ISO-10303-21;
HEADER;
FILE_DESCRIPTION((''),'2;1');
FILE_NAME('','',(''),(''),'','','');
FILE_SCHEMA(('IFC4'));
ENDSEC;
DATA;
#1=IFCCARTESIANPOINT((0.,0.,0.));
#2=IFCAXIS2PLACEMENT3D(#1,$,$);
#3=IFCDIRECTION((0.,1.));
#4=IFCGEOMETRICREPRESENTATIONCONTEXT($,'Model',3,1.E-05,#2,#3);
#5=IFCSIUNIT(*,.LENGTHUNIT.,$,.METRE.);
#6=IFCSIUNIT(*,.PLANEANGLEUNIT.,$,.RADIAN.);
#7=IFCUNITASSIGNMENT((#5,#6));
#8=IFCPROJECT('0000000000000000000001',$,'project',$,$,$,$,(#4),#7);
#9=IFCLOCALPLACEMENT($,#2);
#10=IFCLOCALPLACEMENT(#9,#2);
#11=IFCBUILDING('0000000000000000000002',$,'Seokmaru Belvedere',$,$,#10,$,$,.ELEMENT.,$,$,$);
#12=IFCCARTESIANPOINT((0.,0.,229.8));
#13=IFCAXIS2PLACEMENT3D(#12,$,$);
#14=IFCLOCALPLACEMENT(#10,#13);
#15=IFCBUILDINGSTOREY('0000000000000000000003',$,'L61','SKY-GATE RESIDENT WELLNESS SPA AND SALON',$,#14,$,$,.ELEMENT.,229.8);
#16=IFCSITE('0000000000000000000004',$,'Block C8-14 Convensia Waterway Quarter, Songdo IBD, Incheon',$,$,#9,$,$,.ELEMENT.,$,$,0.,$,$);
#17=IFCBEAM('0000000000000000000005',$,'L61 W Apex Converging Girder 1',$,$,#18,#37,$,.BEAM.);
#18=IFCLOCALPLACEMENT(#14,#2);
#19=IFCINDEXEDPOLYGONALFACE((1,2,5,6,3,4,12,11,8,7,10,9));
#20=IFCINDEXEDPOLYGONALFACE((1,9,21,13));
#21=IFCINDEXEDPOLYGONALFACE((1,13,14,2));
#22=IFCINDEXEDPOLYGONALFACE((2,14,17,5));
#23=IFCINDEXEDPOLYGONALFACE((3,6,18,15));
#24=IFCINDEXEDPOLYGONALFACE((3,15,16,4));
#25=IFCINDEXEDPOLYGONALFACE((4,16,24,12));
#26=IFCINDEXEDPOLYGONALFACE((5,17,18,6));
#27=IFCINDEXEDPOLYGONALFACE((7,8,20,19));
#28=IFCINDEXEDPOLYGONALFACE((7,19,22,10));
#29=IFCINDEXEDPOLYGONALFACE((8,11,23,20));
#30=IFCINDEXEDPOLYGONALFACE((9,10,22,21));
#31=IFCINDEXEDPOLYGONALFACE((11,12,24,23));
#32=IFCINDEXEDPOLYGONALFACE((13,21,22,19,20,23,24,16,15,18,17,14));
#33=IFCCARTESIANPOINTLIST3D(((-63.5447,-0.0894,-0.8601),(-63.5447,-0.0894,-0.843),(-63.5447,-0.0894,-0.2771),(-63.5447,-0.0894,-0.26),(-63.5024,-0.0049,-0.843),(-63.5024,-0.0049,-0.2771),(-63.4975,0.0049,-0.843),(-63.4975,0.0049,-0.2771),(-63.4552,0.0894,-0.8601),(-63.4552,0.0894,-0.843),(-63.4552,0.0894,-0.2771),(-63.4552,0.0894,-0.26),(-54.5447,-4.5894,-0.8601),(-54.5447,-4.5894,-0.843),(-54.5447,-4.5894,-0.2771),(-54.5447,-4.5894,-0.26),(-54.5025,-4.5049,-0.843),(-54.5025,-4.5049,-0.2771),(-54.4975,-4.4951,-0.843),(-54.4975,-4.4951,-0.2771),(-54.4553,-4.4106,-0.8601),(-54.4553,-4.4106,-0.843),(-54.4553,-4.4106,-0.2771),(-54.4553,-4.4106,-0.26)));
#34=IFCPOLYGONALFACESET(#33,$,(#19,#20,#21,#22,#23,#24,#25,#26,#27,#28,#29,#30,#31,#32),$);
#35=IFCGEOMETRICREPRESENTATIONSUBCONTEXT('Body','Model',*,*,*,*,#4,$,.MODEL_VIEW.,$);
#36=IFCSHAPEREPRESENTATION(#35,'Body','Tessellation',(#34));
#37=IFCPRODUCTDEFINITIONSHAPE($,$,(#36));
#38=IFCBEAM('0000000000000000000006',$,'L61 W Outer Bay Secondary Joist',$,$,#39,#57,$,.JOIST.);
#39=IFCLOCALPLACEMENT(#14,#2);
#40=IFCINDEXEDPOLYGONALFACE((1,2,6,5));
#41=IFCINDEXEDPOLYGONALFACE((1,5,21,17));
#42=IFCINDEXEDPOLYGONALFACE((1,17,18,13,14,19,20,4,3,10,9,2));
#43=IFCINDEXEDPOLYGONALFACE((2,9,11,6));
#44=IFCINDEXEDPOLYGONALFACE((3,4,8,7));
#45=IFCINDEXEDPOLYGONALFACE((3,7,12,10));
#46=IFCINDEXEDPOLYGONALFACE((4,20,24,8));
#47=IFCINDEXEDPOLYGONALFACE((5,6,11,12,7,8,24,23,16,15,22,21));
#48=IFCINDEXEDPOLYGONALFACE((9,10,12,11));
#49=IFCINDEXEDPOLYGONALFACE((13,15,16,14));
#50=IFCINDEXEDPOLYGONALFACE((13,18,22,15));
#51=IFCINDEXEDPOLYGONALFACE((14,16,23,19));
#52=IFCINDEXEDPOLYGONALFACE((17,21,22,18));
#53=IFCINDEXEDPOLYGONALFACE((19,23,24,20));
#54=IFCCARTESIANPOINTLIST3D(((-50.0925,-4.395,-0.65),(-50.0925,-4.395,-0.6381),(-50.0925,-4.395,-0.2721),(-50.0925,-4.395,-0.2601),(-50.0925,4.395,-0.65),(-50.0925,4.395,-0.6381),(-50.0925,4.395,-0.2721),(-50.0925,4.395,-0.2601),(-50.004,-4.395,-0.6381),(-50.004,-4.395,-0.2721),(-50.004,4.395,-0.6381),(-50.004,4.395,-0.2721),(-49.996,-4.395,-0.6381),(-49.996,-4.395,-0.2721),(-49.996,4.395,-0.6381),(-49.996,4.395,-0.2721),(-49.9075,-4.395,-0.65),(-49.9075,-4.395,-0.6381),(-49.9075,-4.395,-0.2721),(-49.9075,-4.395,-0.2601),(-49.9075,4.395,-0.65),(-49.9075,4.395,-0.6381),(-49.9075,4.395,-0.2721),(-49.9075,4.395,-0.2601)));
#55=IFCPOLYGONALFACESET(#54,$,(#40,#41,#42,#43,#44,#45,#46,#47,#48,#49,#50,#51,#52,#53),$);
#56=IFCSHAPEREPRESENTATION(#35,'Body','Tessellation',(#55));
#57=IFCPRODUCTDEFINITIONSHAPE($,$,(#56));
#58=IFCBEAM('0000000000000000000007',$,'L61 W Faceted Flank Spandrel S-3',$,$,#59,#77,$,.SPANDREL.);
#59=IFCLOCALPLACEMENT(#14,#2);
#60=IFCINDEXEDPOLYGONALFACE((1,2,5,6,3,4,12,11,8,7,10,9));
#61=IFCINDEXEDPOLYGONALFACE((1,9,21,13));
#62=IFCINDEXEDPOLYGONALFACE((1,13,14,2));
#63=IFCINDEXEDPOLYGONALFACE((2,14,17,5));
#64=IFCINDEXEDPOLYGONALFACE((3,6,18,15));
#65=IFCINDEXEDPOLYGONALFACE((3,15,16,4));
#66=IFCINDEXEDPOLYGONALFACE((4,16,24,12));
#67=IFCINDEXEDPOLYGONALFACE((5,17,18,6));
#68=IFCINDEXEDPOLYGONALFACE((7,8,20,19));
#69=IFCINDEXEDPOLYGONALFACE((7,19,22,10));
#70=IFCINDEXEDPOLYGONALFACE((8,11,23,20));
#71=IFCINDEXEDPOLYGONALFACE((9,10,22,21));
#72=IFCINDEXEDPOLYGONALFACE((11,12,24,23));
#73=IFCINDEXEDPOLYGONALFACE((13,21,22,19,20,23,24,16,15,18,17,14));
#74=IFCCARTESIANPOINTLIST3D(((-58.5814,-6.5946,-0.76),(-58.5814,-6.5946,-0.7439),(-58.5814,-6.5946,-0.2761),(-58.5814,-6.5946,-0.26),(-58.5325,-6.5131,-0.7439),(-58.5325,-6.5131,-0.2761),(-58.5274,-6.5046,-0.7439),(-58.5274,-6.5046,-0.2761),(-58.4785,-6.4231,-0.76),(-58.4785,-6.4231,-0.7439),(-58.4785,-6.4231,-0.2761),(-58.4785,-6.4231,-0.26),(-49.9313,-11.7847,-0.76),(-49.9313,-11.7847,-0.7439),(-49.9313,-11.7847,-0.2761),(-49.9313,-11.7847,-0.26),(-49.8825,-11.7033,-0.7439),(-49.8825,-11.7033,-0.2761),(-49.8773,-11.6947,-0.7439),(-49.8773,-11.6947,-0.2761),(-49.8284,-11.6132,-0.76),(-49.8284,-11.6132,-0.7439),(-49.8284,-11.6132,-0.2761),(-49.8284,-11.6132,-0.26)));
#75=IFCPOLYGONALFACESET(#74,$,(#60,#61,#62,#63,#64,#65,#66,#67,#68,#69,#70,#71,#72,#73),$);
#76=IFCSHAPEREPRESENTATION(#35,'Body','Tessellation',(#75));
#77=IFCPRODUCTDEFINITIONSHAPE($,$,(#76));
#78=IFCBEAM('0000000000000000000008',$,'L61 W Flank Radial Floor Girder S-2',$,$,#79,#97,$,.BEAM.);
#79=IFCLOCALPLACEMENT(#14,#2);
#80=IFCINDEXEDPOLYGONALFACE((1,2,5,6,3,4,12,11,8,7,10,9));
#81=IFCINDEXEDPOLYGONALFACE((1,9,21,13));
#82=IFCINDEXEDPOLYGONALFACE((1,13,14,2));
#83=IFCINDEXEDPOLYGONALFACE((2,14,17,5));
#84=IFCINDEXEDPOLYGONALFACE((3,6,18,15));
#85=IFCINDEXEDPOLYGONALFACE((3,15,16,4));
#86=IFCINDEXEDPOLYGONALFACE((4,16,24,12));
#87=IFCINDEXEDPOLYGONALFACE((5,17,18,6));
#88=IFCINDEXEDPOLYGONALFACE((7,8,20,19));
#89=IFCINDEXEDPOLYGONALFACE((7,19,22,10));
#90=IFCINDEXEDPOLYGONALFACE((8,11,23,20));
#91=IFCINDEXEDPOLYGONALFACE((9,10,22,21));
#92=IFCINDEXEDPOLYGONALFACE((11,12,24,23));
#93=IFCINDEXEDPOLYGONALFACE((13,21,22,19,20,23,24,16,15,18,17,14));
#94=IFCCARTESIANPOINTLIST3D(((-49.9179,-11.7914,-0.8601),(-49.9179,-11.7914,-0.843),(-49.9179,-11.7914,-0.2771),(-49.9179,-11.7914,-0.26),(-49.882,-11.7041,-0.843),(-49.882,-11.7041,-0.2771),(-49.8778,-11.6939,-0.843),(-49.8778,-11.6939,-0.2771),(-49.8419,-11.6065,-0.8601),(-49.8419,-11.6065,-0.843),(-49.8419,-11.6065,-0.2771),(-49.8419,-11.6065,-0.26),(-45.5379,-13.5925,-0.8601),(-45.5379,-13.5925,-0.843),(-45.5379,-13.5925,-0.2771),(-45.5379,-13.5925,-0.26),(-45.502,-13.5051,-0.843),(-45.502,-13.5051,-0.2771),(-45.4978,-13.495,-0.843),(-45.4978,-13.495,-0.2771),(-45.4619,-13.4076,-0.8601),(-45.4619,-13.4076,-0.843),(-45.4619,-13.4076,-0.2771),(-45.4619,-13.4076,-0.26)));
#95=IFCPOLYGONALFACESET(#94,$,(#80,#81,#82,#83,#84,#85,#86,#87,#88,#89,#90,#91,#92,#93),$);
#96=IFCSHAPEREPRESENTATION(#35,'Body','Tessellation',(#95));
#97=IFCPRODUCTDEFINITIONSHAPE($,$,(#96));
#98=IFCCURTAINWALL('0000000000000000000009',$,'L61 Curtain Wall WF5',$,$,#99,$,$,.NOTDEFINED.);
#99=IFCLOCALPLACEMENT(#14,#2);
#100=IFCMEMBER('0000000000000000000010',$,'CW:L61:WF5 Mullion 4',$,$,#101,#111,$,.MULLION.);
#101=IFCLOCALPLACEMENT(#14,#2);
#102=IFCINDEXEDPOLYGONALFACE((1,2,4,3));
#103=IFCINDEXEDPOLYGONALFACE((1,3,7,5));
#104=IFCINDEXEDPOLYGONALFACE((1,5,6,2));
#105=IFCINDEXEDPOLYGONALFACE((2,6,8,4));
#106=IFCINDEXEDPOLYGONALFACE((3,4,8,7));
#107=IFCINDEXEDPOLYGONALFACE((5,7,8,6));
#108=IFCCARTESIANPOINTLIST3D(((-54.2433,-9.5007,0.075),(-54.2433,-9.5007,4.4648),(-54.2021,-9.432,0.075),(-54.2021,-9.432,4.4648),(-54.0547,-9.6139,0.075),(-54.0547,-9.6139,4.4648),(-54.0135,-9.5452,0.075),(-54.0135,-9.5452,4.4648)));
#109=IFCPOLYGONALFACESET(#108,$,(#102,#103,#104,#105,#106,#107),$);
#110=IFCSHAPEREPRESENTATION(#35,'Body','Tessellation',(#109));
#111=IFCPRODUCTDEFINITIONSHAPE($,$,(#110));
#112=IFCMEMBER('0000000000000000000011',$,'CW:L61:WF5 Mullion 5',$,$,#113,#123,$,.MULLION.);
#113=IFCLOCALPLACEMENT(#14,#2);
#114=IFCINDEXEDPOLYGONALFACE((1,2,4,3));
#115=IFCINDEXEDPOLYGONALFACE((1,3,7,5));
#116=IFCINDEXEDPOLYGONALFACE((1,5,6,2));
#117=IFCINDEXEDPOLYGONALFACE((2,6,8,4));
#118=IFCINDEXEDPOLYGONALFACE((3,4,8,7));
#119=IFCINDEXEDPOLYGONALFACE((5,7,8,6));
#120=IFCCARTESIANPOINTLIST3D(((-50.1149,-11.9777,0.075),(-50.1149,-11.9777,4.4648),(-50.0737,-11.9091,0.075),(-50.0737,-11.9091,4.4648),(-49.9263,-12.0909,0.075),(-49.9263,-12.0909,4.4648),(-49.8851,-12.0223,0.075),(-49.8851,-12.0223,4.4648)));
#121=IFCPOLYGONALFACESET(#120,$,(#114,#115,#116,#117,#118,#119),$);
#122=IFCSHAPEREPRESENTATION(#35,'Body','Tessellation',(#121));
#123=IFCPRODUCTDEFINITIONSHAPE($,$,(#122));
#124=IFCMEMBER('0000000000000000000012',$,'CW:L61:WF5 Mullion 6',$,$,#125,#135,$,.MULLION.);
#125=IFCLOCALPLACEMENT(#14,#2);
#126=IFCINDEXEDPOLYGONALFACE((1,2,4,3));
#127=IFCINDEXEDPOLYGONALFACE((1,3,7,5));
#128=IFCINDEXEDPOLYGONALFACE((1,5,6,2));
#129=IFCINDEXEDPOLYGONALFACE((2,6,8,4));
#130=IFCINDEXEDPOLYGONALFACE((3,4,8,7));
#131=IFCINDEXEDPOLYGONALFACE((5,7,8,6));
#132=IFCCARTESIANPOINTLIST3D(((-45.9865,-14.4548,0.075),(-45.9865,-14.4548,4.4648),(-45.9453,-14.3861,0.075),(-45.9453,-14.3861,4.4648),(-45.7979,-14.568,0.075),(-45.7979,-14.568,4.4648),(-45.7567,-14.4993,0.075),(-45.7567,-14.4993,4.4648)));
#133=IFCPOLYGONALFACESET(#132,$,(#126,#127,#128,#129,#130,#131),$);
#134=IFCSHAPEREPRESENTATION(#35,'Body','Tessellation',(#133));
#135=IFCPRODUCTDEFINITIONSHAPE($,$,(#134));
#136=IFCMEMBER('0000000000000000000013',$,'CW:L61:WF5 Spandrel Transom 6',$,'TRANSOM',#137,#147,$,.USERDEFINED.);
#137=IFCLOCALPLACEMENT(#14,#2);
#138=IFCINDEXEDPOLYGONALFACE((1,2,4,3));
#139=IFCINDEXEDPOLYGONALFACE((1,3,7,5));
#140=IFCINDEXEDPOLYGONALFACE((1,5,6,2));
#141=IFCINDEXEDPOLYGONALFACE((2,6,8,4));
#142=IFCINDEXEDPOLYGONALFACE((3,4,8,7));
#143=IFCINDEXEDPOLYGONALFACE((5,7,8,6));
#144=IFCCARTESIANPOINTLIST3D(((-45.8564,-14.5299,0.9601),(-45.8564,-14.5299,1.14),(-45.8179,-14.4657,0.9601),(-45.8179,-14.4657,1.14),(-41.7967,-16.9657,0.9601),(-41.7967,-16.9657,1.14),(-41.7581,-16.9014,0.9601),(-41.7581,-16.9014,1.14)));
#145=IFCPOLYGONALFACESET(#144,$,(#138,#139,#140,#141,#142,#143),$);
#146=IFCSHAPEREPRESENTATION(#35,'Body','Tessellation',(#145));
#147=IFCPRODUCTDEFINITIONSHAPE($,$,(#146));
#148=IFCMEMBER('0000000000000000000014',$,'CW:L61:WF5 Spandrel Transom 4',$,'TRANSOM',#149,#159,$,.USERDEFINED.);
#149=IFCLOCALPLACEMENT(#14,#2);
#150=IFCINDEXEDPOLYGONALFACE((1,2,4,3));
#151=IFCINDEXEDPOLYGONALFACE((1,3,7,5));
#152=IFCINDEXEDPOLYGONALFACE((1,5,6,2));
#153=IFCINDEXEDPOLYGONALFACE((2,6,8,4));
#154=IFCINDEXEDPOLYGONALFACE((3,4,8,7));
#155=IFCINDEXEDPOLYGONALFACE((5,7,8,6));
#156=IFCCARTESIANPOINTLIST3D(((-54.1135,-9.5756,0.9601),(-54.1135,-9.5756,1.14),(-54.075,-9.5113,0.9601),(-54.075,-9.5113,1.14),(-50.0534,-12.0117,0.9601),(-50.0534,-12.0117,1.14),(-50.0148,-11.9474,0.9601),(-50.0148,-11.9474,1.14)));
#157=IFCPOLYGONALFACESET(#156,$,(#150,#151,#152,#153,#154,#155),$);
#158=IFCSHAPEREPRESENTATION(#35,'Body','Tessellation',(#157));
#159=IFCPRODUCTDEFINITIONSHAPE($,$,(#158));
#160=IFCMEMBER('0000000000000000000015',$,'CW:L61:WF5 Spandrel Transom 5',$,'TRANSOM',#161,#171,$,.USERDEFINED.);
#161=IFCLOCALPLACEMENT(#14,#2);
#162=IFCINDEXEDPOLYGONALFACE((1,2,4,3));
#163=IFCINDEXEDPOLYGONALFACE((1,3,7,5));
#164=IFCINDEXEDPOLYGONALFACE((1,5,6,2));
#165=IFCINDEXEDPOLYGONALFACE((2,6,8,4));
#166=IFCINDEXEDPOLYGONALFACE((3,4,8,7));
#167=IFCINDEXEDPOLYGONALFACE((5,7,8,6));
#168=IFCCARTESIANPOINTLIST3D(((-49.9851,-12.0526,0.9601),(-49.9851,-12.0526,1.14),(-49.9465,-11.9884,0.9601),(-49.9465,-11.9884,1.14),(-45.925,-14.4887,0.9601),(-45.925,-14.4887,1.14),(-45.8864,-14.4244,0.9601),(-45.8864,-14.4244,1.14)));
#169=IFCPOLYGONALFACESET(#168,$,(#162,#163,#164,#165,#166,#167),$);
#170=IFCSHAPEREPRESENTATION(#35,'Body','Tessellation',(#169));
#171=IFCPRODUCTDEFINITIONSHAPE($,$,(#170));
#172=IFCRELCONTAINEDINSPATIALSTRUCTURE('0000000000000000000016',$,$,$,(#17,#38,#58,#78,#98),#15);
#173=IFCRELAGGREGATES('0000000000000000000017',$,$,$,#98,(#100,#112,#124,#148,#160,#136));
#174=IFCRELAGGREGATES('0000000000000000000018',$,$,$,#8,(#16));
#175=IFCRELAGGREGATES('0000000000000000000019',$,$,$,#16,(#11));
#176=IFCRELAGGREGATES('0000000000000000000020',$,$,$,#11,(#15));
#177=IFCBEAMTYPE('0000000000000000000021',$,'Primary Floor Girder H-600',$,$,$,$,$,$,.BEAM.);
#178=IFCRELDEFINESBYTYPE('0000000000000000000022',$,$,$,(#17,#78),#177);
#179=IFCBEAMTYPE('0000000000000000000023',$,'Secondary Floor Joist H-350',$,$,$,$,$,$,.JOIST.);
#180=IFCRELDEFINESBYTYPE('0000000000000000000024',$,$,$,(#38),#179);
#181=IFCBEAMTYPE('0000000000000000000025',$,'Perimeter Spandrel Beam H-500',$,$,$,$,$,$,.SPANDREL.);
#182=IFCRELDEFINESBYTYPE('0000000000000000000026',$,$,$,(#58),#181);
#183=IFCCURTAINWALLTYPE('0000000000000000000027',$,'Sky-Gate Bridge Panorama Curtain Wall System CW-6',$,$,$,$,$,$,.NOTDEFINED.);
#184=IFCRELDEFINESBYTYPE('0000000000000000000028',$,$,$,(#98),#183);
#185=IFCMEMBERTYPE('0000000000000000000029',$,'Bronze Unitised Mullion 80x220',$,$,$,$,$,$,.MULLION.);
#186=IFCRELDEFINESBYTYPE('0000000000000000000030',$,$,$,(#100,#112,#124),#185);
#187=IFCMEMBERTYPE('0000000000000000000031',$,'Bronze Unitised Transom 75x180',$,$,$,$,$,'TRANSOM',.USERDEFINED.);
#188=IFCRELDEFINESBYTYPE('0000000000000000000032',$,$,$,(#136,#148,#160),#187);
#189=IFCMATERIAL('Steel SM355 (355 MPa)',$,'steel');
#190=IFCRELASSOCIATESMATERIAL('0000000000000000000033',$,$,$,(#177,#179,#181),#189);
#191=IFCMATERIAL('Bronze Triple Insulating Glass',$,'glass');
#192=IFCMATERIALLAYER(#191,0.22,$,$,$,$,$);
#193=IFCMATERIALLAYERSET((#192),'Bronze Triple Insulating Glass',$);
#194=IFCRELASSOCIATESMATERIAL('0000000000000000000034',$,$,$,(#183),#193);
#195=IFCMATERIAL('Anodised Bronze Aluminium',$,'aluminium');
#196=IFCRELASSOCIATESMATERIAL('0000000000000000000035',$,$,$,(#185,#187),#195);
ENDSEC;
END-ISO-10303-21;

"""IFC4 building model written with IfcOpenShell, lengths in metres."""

from ifc_helpers import new_model, si_unit, direction, frame, origin, origin_2d, place, context, subcontext, project, spatial, rectangle, i_section, extrude, source, transform, mapped, material, layer, layer_set, material_profile, profile_set, type_object, type_shapes, element, aggregate, save


model = new_model("IFC4")

# Units and contexts
model_context = context("Model", 3, precision=1e-05, world=origin(), true_north=direction((0.0, 1.0)))
body_context = subcontext(model_context, "Body", "Model", "MODEL_VIEW")
ifc_project = project(units=[si_unit("LENGTHUNIT", "METRE"), si_unit("PLANEANGLEUNIT", "RADIAN")], contexts=[model_context])

# Site, building, storey
site_placement = place(None, origin())
site = spatial("IfcSite", under=ifc_project, at=site_placement, Name="Block C8-14 Convensia Waterway Quarter, Songdo IBD, Incheon", CompositionType="ELEMENT", RefElevation=0.0)
building_placement = place(site_placement, origin())
building = spatial("IfcBuilding", under=site, at=building_placement, Name="Seokmaru Belvedere", CompositionType="ELEMENT")
storey_placement = place(building_placement, frame((0.0, 0.0, 229.8)))
storey = spatial("IfcBuildingStorey", under=building, at=storey_placement, Name="L61", Description="SKY-GATE RESIDENT WELLNESS SPA AND SALON", CompositionType="ELEMENT", Elevation=229.8)

# Shared definitions
ifc_material_1 = material(Name="Steel SM355 (355 MPa)", Category="steel")

# Beams
ifc_material_profile_1 = material_profile(ifc_material_1, i_section(OverallWidth=0.2, OverallDepth=0.6001, WebThickness=0.011, FlangeThickness=0.0171, at=origin_2d()), Name="H-600x200x11x17")
ifc_profile_set_1 = profile_set([ifc_material_profile_1], Name="Steel SM355 (355 MPa)")
beam_type_1 = type_object("IfcBeamType", Name="Primary Floor Girder H-600", PredefinedType="BEAM", material=ifc_profile_set_1)
shared_shape_1 = source(origin(), body_context, "Body", "SweptSolid", [
    extrude(i_section(OverallWidth=0.2, OverallDepth=0.6001, WebThickness=0.011, FlangeThickness=0.0171, at=origin_2d()), origin(), (0.0, 0.0, 1.0), 10.0623),
])
beam_1_placement = place(storey_placement, frame((-54.5, -4.5, -0.5601), z_axis=(-0.894427, 0.447214, 0.0), x_axis=(-0.447214, -0.894427, 0.0)))
element("IfcBeam", 1, at=beam_1_placement, inside=storey, type_object=beam_type_1, Name="L61 W Apex Converging Girder 1", PredefinedType="BEAM", context=body_context, shape_type="MappedRepresentation", body=[
    mapped(shared_shape_1, transform((0.0, 0.0, 0.0), scale=1.0)),
])
ifc_material_profile_2 = material_profile(ifc_material_1, i_section(OverallWidth=0.1851, OverallDepth=0.3899, WebThickness=0.0081, FlangeThickness=0.012, at=origin_2d()), Name="H-390x185x8x12")
ifc_profile_set_2 = profile_set([ifc_material_profile_2], Name="Steel SM355 (355 MPa)")
beam_type_2 = type_object("IfcBeamType", Name="Secondary Floor Joist H-350", PredefinedType="JOIST", material=ifc_profile_set_2)
shared_shape_2 = source(origin(), body_context, "Body", "SweptSolid", [
    extrude(i_section(OverallWidth=0.1851, OverallDepth=0.3899, WebThickness=0.0081, FlangeThickness=0.012, at=origin_2d()), origin(), (0.0, 0.0, 1.0), 8.79),
])
type_shapes(beam_type_2, [shared_shape_2])
beam_2_placement = place(storey_placement, frame((-50.0, -4.395, -0.4551), z_axis=(0.0, 1.0, 0.0), x_axis=(-1.0, 0.0, 0.0)))
element("IfcBeam", 2, at=beam_2_placement, inside=storey, type_object=beam_type_2, Name="L61 W Outer Bay Secondary Joist", PredefinedType="JOIST", context=body_context, shape_type="MappedRepresentation", body=[
    mapped(shared_shape_2, transform((0.0, 0.0, 0.0), scale=1.0)),
])
ifc_material_profile_3 = material_profile(ifc_material_1, i_section(OverallWidth=0.2, OverallDepth=0.5, WebThickness=0.01, FlangeThickness=0.0161, at=origin_2d()), Name="H-500x200x10x16")
ifc_profile_set_3 = profile_set([ifc_material_profile_3], Name="Steel SM355 (355 MPa)")
beam_type_3 = type_object("IfcBeamType", Name="Perimeter Spandrel Beam H-500", PredefinedType="SPANDREL", material=ifc_profile_set_3)
shared_shape_3 = source(origin(), body_context, "Body", "SweptSolid", [
    extrude(i_section(OverallWidth=0.2, OverallDepth=0.5, WebThickness=0.01, FlangeThickness=0.0161, at=origin_2d()), origin(), (0.0, 0.0, 1.0), 10.0876),
])
type_shapes(beam_type_3, [shared_shape_3])
beam_3_placement = place(storey_placement, frame((-49.8799, -11.699, -0.51), z_axis=(-0.857489, 0.514503, 0.0), x_axis=(-0.514503, -0.857489, 0.0)))
element("IfcBeam", 3, at=beam_3_placement, inside=storey, type_object=beam_type_3, Name="L61 W Faceted Flank Spandrel S-3", PredefinedType="SPANDREL", context=body_context, shape_type="MappedRepresentation", body=[
    mapped(shared_shape_3, transform((0.0, 0.0, 0.0), scale=1.0)),
])
shared_shape_4 = source(origin(), body_context, "Body", "SweptSolid", [
    extrude(i_section(OverallWidth=0.2, OverallDepth=0.6001, WebThickness=0.011, FlangeThickness=0.0171, at=origin_2d()), origin(), (0.0, 0.0, 1.0), 4.7358),
])
beam_4_placement = place(storey_placement, frame((-49.8799, -11.699, -0.5601), z_axis=(0.924861, -0.380306, 0.0), x_axis=(0.380306, 0.924861, 0.0)))
element("IfcBeam", 4, at=beam_4_placement, inside=storey, type_object=beam_type_1, Name="L61 W Flank Radial Floor Girder S-2", PredefinedType="BEAM", context=body_context, shape_type="MappedRepresentation", body=[
    mapped(shared_shape_4, transform((0.0, 0.0, 0.0), scale=1.0)),
])

# Curtain wall, members
ifc_material_2 = material(Name="Bronze Triple Insulating Glass", Category="glass")
ifc_layer_1 = layer(ifc_material_2, 0.22)
ifc_layer_set_1 = layer_set([ifc_layer_1], Name="Bronze Triple Insulating Glass")
curtain_wall_type = type_object("IfcCurtainWallType", Name="Sky-Gate Bridge Panorama Curtain Wall System CW-6", PredefinedType="NOTDEFINED", material=ifc_layer_set_1)
curtain_wall_placement = place(storey_placement, origin())
curtain_wall = element("IfcCurtainWall", 5, at=curtain_wall_placement, inside=storey, type_object=curtain_wall_type, Name="L61 Curtain Wall WF5", PredefinedType="NOTDEFINED")
ifc_material_3 = material(Name="Anodised Bronze Aluminium", Category="aluminium")
ifc_material_profile_4 = material_profile(ifc_material_3, rectangle(XDim=0.0801, YDim=0.22, at=origin_2d()), Name="CW-M-80x220")
ifc_profile_set_4 = profile_set([ifc_material_profile_4], Name="Anodised Bronze Aluminium")
member_type_1 = type_object("IfcMemberType", Name="Bronze Unitised Mullion 80x220", PredefinedType="MULLION", material=ifc_profile_set_4)
shared_shape_5 = source(origin(), body_context, "Body", "SweptSolid", [
    extrude(rectangle(XDim=0.0801, YDim=0.22, at=origin_2d()), origin(), (0.0, 0.0, 1.0), 4.3899),
])
type_shapes(member_type_1, [shared_shape_5])
member_1_placement = place(storey_placement, frame((-54.1284, -9.5229, 0.075), z_axis=(0.0, 0.0, 1.0), x_axis=(0.514495, 0.857493, 0.0)))
member_1 = element("IfcMember", 6, at=member_1_placement, type_object=member_type_1, Name="CW:L61:WF5 Mullion 4", PredefinedType="MULLION", context=body_context, shape_type="MappedRepresentation", body=[
    mapped(shared_shape_5, transform((0.0, 0.0, 0.0), scale=1.0)),
])
member_2_placement = place(storey_placement, frame((-50.0, -12.0, 0.075), z_axis=(0.0, 0.0, 1.0), x_axis=(0.514495, 0.857493, 0.0)))
member_2 = element("IfcMember", 7, at=member_2_placement, type_object=member_type_1, Name="CW:L61:WF5 Mullion 5", PredefinedType="MULLION", context=body_context, shape_type="MappedRepresentation", body=[
    mapped(shared_shape_5, transform((0.0, 0.0, 0.0), scale=1.0)),
])
member_3_placement = place(storey_placement, frame((-45.8716, -14.4771, 0.075), z_axis=(0.0, 0.0, 1.0), x_axis=(0.514495, 0.857493, 0.0)))
member_3 = element("IfcMember", 8, at=member_3_placement, type_object=member_type_1, Name="CW:L61:WF5 Mullion 6", PredefinedType="MULLION", context=body_context, shape_type="MappedRepresentation", body=[
    mapped(shared_shape_5, transform((0.0, 0.0, 0.0), scale=1.0)),
])
ifc_material_profile_5 = material_profile(ifc_material_3, rectangle(XDim=0.075, YDim=0.1799, at=origin_2d()), Name="CW-T-75x180")
ifc_profile_set_5 = profile_set([ifc_material_profile_5], Name="Anodised Bronze Aluminium")
member_type_2 = type_object("IfcMemberType", Name="Bronze Unitised Transom 75x180", ElementType="TRANSOM", PredefinedType="USERDEFINED", material=ifc_profile_set_5)
shared_shape_6 = source(origin(), body_context, "Body", "SweptSolid", [
    extrude(rectangle(XDim=0.075, YDim=0.1799, at=origin_2d()), origin(), (0.0, 0.0, 1.0), 4.7344),
])
member_4_placement = place(storey_placement, frame((-45.8372, -14.4978, 1.05), z_axis=(0.857502, -0.514481, 0.0), x_axis=(0.514481, 0.857502, 0.0)))
member_4 = element("IfcMember", 9, at=member_4_placement, type_object=member_type_2, Name="CW:L61:WF5 Spandrel Transom 6", ObjectType="TRANSOM", PredefinedType="USERDEFINED", context=body_context, shape_type="MappedRepresentation", body=[
    mapped(shared_shape_6, transform((0.0, 0.0, 0.0), scale=1.0)),
])
shared_shape_7 = source(origin(), body_context, "Body", "SweptSolid", [
    extrude(rectangle(XDim=0.075, YDim=0.1799, at=origin_2d()), origin(), (0.0, 0.0, 1.0), 4.7349),
])
type_shapes(member_type_2, [shared_shape_6, shared_shape_7])
member_5_placement = place(storey_placement, frame((-54.0942, -9.5435, 1.05), z_axis=(0.857493, -0.514496, 0.0), x_axis=(0.514496, 0.857493, 0.0)))
member_5 = element("IfcMember", 10, at=member_5_placement, type_object=member_type_2, Name="CW:L61:WF5 Spandrel Transom 4", ObjectType="TRANSOM", PredefinedType="USERDEFINED", context=body_context, shape_type="MappedRepresentation", body=[
    mapped(shared_shape_7, transform((0.0, 0.0, 0.0), scale=1.0)),
])
member_6_placement = place(storey_placement, frame((-49.9658, -12.0205, 1.05), z_axis=(0.857493, -0.514496, 0.0), x_axis=(0.514496, 0.857493, 0.0)))
member_6 = element("IfcMember", 11, at=member_6_placement, type_object=member_type_2, Name="CW:L61:WF5 Spandrel Transom 5", ObjectType="TRANSOM", PredefinedType="USERDEFINED", context=body_context, shape_type="MappedRepresentation", body=[
    mapped(shared_shape_7, transform((0.0, 0.0, 0.0), scale=1.0)),
])
aggregate(curtain_wall, [member_1, member_2, member_3, member_5, member_6, member_4])

save(model, "model.ifc")
